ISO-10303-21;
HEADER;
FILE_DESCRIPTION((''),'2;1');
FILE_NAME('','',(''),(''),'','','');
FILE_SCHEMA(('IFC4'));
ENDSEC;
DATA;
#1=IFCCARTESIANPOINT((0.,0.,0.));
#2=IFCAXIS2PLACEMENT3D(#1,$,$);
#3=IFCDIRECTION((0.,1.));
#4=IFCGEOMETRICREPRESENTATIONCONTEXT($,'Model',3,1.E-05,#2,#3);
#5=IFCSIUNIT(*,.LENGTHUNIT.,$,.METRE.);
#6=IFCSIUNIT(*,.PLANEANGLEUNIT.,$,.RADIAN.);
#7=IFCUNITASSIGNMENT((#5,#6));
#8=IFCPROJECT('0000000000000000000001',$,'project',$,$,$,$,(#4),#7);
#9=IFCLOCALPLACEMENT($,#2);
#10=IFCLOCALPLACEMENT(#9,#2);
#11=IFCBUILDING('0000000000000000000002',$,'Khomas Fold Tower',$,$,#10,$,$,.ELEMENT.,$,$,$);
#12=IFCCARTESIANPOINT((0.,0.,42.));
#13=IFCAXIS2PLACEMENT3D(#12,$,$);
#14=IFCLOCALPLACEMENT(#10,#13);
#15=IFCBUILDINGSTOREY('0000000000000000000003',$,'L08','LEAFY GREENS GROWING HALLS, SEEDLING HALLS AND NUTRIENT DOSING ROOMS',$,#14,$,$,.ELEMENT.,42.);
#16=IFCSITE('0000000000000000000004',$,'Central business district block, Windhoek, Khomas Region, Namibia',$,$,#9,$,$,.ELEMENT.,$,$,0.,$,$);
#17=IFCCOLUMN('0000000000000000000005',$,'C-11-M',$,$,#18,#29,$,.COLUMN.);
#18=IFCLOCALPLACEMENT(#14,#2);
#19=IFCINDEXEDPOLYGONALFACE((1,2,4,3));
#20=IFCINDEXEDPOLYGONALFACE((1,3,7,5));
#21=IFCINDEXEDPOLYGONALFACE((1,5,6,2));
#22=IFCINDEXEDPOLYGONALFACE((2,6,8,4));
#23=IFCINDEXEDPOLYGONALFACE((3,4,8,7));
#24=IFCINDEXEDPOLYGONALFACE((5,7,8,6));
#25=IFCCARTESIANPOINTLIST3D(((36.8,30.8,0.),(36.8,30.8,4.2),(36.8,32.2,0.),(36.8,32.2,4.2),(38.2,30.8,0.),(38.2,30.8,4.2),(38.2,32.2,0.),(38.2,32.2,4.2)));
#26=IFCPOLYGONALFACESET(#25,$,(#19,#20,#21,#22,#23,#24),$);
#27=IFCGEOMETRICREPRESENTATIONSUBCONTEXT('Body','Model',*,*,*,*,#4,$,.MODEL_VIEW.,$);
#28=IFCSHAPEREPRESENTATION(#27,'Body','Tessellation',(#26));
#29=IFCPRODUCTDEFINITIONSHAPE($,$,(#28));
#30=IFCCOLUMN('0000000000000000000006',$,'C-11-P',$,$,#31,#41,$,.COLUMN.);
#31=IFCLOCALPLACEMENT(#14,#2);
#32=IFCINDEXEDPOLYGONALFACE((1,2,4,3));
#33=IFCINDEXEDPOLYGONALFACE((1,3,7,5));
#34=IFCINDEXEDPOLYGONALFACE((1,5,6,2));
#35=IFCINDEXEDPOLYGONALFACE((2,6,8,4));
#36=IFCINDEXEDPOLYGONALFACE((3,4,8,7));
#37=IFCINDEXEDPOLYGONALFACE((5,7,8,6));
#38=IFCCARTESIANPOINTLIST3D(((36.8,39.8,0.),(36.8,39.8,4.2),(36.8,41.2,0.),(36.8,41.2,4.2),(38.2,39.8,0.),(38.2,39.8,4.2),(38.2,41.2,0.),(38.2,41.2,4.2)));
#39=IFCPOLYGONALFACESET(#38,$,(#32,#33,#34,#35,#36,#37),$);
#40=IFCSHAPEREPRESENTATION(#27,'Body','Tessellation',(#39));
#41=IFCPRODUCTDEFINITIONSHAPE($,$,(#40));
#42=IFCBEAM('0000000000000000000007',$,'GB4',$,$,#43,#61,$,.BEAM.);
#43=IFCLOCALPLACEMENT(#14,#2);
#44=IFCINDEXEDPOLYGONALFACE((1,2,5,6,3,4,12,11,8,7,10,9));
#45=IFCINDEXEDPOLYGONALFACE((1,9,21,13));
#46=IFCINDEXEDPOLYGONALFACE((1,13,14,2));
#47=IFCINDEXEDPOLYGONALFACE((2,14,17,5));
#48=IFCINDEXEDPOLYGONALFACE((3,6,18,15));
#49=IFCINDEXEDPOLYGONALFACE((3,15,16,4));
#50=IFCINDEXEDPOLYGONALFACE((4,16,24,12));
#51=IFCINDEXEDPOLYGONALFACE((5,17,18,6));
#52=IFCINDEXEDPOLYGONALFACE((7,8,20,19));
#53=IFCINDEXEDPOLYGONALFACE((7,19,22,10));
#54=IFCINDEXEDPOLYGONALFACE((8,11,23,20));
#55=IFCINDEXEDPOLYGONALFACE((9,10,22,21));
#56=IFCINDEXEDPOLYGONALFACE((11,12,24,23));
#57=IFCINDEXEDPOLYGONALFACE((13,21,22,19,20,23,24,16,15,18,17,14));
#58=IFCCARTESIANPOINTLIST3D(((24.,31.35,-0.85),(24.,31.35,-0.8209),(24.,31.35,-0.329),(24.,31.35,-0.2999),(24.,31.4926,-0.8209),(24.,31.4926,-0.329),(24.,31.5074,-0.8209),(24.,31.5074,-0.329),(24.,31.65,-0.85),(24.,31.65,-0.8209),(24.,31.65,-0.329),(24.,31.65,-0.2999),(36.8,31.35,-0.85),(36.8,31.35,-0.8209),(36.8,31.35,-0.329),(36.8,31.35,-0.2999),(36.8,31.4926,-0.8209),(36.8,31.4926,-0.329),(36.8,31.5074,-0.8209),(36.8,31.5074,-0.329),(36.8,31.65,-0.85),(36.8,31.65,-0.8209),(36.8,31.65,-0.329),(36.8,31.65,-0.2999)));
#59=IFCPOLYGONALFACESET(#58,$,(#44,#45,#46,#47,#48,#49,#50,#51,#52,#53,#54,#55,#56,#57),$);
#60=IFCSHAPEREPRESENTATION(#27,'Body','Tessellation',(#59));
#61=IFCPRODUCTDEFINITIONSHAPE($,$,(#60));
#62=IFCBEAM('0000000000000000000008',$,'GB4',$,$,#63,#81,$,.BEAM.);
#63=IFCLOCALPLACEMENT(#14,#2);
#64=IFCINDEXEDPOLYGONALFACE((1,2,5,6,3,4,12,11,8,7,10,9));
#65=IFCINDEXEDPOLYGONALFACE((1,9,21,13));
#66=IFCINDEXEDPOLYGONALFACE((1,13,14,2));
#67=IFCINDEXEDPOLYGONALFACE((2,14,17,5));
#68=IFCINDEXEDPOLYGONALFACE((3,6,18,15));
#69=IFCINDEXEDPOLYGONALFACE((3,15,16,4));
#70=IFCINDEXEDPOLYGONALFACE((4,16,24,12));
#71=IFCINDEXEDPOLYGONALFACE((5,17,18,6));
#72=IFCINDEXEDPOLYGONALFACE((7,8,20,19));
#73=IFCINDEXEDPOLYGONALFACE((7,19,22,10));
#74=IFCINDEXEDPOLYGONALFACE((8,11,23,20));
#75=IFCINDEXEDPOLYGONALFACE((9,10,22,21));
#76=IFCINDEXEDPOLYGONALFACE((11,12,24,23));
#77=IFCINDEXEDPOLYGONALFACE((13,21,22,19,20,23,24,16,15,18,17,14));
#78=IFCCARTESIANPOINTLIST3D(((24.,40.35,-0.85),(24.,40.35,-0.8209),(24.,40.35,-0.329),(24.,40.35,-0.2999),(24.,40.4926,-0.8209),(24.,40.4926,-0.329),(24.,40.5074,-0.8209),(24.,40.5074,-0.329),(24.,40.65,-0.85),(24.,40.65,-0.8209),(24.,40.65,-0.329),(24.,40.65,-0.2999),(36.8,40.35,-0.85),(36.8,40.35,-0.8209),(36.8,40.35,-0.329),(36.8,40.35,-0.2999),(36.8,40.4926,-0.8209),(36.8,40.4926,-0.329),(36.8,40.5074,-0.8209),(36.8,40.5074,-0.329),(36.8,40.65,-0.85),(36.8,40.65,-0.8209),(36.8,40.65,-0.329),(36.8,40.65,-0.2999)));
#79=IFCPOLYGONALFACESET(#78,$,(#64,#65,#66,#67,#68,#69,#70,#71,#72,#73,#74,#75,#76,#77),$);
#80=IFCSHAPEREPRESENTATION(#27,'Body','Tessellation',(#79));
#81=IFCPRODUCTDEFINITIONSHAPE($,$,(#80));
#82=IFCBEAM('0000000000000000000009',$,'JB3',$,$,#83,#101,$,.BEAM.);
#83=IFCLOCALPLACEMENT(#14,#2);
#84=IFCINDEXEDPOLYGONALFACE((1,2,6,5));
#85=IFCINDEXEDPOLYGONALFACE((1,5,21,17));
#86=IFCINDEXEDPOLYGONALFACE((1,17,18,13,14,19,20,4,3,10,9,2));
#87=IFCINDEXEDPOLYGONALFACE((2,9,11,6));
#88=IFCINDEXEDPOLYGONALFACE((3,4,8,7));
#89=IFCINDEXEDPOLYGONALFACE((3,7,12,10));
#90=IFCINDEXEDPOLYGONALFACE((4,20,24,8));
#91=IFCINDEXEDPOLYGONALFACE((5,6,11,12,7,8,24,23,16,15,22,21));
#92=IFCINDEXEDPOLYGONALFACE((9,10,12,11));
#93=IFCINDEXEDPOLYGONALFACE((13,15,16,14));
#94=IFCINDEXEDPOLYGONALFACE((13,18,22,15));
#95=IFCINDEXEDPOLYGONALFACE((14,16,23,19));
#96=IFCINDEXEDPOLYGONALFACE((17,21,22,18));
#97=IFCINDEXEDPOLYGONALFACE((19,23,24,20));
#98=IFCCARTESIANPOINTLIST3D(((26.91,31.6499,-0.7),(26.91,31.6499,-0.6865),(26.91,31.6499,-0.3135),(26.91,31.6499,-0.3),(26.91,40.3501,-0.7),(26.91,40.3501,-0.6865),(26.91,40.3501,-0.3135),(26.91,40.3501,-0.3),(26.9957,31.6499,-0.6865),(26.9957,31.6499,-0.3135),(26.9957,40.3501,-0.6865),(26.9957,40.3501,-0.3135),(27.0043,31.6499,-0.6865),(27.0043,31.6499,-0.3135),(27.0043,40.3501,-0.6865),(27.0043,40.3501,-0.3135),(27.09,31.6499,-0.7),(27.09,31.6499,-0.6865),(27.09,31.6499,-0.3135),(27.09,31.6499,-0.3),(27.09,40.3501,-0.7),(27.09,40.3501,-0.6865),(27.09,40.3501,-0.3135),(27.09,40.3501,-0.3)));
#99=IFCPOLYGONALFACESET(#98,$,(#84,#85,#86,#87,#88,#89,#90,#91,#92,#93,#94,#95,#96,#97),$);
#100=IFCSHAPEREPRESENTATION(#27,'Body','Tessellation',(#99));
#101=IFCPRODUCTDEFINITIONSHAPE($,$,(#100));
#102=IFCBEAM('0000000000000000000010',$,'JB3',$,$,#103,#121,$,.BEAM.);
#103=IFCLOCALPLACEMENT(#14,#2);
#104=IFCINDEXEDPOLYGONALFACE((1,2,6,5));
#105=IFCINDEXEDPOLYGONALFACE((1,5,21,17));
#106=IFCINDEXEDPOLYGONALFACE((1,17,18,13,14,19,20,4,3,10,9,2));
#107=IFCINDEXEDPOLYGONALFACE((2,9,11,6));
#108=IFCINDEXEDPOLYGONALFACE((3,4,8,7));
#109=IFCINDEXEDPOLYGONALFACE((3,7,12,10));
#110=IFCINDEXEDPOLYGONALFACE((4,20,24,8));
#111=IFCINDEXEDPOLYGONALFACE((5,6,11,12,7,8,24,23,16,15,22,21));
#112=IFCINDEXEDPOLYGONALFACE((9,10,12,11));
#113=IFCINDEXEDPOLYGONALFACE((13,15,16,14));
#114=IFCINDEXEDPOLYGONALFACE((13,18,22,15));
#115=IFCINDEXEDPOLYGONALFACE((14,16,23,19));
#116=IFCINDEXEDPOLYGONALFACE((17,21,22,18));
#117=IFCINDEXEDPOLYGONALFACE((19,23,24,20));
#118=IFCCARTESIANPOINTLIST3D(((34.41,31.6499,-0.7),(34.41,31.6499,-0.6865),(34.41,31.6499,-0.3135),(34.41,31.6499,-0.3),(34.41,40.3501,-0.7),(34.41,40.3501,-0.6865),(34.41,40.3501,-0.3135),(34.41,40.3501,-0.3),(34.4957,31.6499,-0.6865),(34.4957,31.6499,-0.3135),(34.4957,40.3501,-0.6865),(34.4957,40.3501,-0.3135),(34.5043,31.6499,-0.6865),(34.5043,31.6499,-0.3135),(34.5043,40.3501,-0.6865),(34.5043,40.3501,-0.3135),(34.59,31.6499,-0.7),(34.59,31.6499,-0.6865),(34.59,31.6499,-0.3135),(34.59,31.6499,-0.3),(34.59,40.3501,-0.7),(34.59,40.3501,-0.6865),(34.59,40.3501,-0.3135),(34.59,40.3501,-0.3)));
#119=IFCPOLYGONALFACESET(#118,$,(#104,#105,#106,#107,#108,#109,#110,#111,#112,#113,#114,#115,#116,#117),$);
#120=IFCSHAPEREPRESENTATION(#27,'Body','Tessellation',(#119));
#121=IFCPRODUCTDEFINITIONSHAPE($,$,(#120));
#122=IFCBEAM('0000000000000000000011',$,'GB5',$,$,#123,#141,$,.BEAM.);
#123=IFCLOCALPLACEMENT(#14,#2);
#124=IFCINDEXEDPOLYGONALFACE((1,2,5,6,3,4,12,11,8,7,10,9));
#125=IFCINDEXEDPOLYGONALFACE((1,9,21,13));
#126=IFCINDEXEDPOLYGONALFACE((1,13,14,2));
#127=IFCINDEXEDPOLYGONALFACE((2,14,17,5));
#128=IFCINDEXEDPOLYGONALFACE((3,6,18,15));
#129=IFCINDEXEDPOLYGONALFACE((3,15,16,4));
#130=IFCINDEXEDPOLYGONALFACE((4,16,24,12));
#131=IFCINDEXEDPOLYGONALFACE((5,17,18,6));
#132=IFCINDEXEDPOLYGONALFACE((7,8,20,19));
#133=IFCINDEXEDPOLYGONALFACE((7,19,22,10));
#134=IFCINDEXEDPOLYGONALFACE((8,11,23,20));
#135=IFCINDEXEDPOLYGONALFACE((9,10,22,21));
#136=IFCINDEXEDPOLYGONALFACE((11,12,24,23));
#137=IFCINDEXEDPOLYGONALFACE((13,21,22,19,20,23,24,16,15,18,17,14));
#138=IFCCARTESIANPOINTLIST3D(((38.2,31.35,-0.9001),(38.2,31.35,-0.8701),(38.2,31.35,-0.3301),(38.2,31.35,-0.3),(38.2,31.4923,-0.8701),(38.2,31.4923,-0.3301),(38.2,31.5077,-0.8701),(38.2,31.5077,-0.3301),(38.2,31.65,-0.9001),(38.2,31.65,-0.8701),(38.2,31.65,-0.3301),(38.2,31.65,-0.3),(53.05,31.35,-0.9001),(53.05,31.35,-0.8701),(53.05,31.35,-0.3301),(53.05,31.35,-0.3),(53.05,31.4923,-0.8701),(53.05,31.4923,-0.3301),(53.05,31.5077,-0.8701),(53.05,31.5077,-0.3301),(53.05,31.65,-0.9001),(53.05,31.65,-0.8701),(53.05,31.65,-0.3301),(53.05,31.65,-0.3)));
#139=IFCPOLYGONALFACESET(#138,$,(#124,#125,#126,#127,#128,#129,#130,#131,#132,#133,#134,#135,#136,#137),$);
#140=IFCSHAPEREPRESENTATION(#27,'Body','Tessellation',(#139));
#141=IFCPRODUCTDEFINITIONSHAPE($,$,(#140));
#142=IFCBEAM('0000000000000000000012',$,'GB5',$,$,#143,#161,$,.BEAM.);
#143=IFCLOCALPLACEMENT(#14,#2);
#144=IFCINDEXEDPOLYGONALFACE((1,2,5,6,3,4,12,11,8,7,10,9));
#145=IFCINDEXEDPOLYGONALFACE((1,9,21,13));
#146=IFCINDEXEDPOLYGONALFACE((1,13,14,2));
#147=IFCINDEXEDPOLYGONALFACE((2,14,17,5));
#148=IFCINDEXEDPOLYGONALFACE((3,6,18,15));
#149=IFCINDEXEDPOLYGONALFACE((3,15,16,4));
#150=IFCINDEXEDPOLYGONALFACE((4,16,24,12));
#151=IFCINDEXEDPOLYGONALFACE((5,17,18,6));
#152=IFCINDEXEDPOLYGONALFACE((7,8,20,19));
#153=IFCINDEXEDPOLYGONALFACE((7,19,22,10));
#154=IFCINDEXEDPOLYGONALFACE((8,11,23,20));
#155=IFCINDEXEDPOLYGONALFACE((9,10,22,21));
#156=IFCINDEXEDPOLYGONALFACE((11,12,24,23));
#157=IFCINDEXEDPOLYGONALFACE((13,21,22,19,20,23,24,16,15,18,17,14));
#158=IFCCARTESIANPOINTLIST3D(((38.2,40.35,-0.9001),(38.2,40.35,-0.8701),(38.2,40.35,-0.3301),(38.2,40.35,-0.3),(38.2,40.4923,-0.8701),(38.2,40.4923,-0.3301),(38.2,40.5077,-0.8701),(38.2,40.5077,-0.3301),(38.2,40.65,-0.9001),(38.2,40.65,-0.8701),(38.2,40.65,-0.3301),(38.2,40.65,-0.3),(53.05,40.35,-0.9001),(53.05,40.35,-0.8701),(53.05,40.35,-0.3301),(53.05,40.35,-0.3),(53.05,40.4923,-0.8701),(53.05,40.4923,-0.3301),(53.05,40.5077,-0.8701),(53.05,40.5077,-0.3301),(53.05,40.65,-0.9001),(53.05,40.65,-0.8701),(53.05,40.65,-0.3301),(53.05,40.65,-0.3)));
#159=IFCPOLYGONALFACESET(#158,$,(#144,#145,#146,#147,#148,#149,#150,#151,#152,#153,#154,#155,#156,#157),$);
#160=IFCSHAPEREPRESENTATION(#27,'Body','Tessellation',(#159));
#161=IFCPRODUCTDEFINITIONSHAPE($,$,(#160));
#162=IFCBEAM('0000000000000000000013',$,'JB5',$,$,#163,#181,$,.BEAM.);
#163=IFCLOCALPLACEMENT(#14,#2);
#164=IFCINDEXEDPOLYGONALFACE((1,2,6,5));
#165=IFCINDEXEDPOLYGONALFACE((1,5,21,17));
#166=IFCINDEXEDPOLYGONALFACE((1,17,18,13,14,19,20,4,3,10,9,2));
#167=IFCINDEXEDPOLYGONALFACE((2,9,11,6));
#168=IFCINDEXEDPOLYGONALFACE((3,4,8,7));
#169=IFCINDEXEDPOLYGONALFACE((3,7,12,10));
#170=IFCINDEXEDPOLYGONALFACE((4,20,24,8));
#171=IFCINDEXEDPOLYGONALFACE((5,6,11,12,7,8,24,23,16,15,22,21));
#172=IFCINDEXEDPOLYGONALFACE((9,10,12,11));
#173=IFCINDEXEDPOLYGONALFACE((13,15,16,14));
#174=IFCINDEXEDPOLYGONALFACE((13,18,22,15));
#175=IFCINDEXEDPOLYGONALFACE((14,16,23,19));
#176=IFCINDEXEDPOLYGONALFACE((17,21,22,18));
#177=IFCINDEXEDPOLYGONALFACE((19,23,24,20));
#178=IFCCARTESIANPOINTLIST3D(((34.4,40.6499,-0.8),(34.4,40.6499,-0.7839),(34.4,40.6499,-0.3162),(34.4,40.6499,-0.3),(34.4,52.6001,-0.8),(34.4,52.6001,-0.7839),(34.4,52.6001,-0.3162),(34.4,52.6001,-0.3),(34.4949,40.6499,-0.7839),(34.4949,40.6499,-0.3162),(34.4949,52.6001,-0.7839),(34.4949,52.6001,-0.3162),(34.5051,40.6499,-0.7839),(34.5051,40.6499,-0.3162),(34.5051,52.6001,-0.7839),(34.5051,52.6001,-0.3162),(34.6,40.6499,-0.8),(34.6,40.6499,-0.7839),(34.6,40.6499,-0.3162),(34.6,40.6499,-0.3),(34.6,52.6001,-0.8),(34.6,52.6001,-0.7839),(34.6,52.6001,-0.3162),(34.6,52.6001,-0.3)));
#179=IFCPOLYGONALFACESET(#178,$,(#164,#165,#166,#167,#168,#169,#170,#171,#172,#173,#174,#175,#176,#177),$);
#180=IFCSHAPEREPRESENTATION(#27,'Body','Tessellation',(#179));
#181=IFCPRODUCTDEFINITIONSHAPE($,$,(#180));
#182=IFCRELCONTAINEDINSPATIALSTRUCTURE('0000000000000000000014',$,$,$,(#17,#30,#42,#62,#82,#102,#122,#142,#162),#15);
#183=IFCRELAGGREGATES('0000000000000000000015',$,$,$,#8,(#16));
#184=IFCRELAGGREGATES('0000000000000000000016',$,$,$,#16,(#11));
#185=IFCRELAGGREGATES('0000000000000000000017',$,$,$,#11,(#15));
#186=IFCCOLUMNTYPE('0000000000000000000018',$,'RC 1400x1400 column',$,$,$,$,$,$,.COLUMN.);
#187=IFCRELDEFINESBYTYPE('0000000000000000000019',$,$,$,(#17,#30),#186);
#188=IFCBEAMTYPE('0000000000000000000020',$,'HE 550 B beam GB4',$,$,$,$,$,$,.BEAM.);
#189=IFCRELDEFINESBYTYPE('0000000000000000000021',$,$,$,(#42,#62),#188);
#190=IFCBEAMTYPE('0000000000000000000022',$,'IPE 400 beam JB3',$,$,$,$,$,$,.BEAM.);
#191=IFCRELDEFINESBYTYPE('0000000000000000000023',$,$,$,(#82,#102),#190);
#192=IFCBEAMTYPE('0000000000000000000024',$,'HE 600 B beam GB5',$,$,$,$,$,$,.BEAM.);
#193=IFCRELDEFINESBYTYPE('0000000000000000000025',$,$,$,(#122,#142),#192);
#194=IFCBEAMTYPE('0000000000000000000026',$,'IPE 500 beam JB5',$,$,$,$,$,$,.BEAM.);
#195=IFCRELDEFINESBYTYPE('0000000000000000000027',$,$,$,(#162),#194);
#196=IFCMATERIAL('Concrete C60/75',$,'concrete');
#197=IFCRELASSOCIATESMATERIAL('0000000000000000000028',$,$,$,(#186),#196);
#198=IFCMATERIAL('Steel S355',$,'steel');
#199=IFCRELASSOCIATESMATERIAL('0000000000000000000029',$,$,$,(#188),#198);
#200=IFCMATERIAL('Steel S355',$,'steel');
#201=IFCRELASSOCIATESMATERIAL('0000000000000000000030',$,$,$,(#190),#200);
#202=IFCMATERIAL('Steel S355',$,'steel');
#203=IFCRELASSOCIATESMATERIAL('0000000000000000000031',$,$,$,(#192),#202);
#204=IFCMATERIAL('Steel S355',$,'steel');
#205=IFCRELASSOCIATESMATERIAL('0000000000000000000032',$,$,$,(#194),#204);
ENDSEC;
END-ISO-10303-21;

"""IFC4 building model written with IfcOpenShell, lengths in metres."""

from ifc_helpers import new_model, si_unit, direction, frame, origin, origin_2d, place, context, subcontext, project, spatial, rectangle, i_section, extrude, source, transform, mapped, material, material_profile, profile_set, type_object, element, save


model = new_model("IFC4")

# Units and contexts
model_context = context("Model", 3, precision=1e-05, world=origin(), true_north=direction((0.0, 1.0)))
body_context = subcontext(model_context, "Body", "Model", "MODEL_VIEW")
ifc_project = project(units=[si_unit("LENGTHUNIT", "METRE"), si_unit("PLANEANGLEUNIT", "RADIAN")], contexts=[model_context])

# Site, building, storey
site_placement = place(None, origin())
site = spatial("IfcSite", under=ifc_project, at=site_placement, Name="Central business district block, Windhoek, Khomas Region, Namibia", CompositionType="ELEMENT", RefElevation=0.0)
building_placement = place(site_placement, origin())
building = spatial("IfcBuilding", under=site, at=building_placement, Name="Khomas Fold Tower", CompositionType="ELEMENT")
storey_placement = place(building_placement, frame((0.0, 0.0, 42.0)))
storey = spatial("IfcBuildingStorey", under=building, at=storey_placement, Name="L08", Description="LEAFY GREENS GROWING HALLS, SEEDLING HALLS AND NUTRIENT DOSING ROOMS", CompositionType="ELEMENT", Elevation=42.0)

# Columns
ifc_material_1 = material(Name="Concrete C60/75", Category="concrete")
ifc_material_profile_1 = material_profile(ifc_material_1, rectangle(XDim=1.3999, YDim=1.3999, at=origin_2d()), Name="RC 1400x1400")
ifc_profile_set_1 = profile_set([ifc_material_profile_1], Name="Concrete C60/75")
column_type = type_object("IfcColumnType", Name="RC 1400x1400 column", PredefinedType="COLUMN", material=ifc_profile_set_1)
shared_shape_1 = source(origin(), body_context, "Body", "SweptSolid", [
    extrude(rectangle(XDim=1.3999, YDim=1.3999, at=origin_2d()), origin(), (0.0, 0.0, 1.0), 4.2),
])
for number, where, z_axis, x_axis, name in (
    (1, (37.5, 31.5, 0.0), (0.0, 0.0, 1.0), (1.0, 0.0, 0.0), "C-11-M"),
    (2, (37.5, 40.5, 0.0), (0.0, 0.0, 1.0), (1.0, 0.0, 0.0), "C-11-P"),
):
    element("IfcColumn", number, at=place(storey_placement, frame(where, z_axis=z_axis, x_axis=x_axis)), inside=storey, type_object=column_type, Name=name, PredefinedType="COLUMN", context=body_context, shape_type="MappedRepresentation", body=[
        mapped(shared_shape_1, transform((0.0, 0.0, 0.0))),
    ])

# Beams
ifc_material_2 = material(Name="Steel S355", Category="steel")
ifc_material_profile_2 = material_profile(ifc_material_2, i_section(OverallWidth=0.3, OverallDepth=0.55, WebThickness=0.0149, FlangeThickness=0.0291, at=origin_2d()), Name="HE 550 B")
ifc_profile_set_2 = profile_set([ifc_material_profile_2], Name="Steel S355")
beam_type_1 = type_object("IfcBeamType", Name="HE 550 B beam GB4", PredefinedType="BEAM", material=ifc_profile_set_2)
shared_shape_2 = source(origin(), body_context, "Body", "SweptSolid", [
    extrude(i_section(OverallWidth=0.3, OverallDepth=0.55, WebThickness=0.0149, FlangeThickness=0.0291, at=origin_2d()), origin(), (0.0, 0.0, 1.0), 12.8),
])
for number, where, z_axis, x_axis, name in (
    (3, (24.0, 31.5, -0.575), (1.0, 0.0, 0.0), (0.0, 1.0, 0.0), "GB4"),
    (4, (24.0, 40.5, -0.575), (1.0, 0.0, 0.0), (0.0, 1.0, 0.0), "GB4"),
):
    element("IfcBeam", number, at=place(storey_placement, frame(where, z_axis=z_axis, x_axis=x_axis)), inside=storey, type_object=beam_type_1, Name=name, PredefinedType="BEAM", context=body_context, shape_type="MappedRepresentation", body=[
        mapped(shared_shape_2, transform((0.0, 0.0, 0.0))),
    ])
ifc_material_3 = material(Name="Steel S355", Category="steel")
ifc_material_profile_3 = material_profile(ifc_material_3, i_section(OverallWidth=0.1799, OverallDepth=0.3999, WebThickness=0.0085, FlangeThickness=0.0134, at=origin_2d()), Name="IPE 400")
ifc_profile_set_3 = profile_set([ifc_material_profile_3], Name="Steel S355")
beam_type_2 = type_object("IfcBeamType", Name="IPE 400 beam JB3", PredefinedType="BEAM", material=ifc_profile_set_3)
shared_shape_3 = source(origin(), body_context, "Body", "SweptSolid", [
    extrude(i_section(OverallWidth=0.1799, OverallDepth=0.3999, WebThickness=0.0085, FlangeThickness=0.0134, at=origin_2d()), origin(), (0.0, 0.0, 1.0), 8.7002),
])
for number, where, z_axis, x_axis, name in (
    (5, (27.0, 31.6499, -0.5), (0.0, 1.0, 0.0), (-1.0, 0.0, 0.0), "JB3"),
    (6, (34.5, 31.6499, -0.5), (0.0, 1.0, 0.0), (-1.0, 0.0, 0.0), "JB3"),
):
    element("IfcBeam", number, at=place(storey_placement, frame(where, z_axis=z_axis, x_axis=x_axis)), inside=storey, type_object=beam_type_2, Name=name, PredefinedType="BEAM", context=body_context, shape_type="MappedRepresentation", body=[
        mapped(shared_shape_3, transform((0.0, 0.0, 0.0))),
    ])
ifc_material_4 = material(Name="Steel S355", Category="steel")
ifc_material_profile_4 = material_profile(ifc_material_4, i_section(OverallWidth=0.3, OverallDepth=0.6001, WebThickness=0.0154, FlangeThickness=0.03, at=origin_2d()), Name="HE 600 B")
ifc_profile_set_4 = profile_set([ifc_material_profile_4], Name="Steel S355")
beam_type_3 = type_object("IfcBeamType", Name="HE 600 B beam GB5", PredefinedType="BEAM", material=ifc_profile_set_4)
shared_shape_4 = source(origin(), body_context, "Body", "SweptSolid", [
    extrude(i_section(OverallWidth=0.3, OverallDepth=0.6001, WebThickness=0.0154, FlangeThickness=0.03, at=origin_2d()), origin(), (0.0, 0.0, 1.0), 14.8501),
])
for number, where, z_axis, x_axis, name in (
    (7, (38.2, 31.5, -0.6001), (1.0, 0.0, 0.0), (0.0, 1.0, 0.0), "GB5"),
    (8, (38.2, 40.5, -0.6001), (1.0, 0.0, 0.0), (0.0, 1.0, 0.0), "GB5"),
):
    element("IfcBeam", number, at=place(storey_placement, frame(where, z_axis=z_axis, x_axis=x_axis)), inside=storey, type_object=beam_type_3, Name=name, PredefinedType="BEAM", context=body_context, shape_type="MappedRepresentation", body=[
        mapped(shared_shape_4, transform((0.0, 0.0, 0.0))),
    ])
ifc_material_5 = material(Name="Steel S355", Category="steel")
ifc_material_profile_5 = material_profile(ifc_material_5, i_section(OverallWidth=0.2, OverallDepth=0.5, WebThickness=0.0103, FlangeThickness=0.0161, at=origin_2d()), Name="IPE 500")
ifc_profile_set_5 = profile_set([ifc_material_profile_5], Name="Steel S355")
beam_type_4 = type_object("IfcBeamType", Name="IPE 500 beam JB5", PredefinedType="BEAM", material=ifc_profile_set_5)
shared_shape_5 = source(origin(), body_context, "Body", "SweptSolid", [
    extrude(i_section(OverallWidth=0.2, OverallDepth=0.5, WebThickness=0.0103, FlangeThickness=0.0161, at=origin_2d()), origin(), (0.0, 0.0, 1.0), 11.9502),
])
beam_1_placement = place(storey_placement, frame((34.5, 40.6499, -0.55), z_axis=(0.0, 1.0, 0.0), x_axis=(-1.0, 0.0, 0.0)))
element("IfcBeam", 9, at=beam_1_placement, inside=storey, type_object=beam_type_4, Name="JB5", PredefinedType="BEAM", context=body_context, shape_type="MappedRepresentation", body=[
    mapped(shared_shape_5, transform((0.0, 0.0, 0.0))),
])

save(model, "model.ifc")
